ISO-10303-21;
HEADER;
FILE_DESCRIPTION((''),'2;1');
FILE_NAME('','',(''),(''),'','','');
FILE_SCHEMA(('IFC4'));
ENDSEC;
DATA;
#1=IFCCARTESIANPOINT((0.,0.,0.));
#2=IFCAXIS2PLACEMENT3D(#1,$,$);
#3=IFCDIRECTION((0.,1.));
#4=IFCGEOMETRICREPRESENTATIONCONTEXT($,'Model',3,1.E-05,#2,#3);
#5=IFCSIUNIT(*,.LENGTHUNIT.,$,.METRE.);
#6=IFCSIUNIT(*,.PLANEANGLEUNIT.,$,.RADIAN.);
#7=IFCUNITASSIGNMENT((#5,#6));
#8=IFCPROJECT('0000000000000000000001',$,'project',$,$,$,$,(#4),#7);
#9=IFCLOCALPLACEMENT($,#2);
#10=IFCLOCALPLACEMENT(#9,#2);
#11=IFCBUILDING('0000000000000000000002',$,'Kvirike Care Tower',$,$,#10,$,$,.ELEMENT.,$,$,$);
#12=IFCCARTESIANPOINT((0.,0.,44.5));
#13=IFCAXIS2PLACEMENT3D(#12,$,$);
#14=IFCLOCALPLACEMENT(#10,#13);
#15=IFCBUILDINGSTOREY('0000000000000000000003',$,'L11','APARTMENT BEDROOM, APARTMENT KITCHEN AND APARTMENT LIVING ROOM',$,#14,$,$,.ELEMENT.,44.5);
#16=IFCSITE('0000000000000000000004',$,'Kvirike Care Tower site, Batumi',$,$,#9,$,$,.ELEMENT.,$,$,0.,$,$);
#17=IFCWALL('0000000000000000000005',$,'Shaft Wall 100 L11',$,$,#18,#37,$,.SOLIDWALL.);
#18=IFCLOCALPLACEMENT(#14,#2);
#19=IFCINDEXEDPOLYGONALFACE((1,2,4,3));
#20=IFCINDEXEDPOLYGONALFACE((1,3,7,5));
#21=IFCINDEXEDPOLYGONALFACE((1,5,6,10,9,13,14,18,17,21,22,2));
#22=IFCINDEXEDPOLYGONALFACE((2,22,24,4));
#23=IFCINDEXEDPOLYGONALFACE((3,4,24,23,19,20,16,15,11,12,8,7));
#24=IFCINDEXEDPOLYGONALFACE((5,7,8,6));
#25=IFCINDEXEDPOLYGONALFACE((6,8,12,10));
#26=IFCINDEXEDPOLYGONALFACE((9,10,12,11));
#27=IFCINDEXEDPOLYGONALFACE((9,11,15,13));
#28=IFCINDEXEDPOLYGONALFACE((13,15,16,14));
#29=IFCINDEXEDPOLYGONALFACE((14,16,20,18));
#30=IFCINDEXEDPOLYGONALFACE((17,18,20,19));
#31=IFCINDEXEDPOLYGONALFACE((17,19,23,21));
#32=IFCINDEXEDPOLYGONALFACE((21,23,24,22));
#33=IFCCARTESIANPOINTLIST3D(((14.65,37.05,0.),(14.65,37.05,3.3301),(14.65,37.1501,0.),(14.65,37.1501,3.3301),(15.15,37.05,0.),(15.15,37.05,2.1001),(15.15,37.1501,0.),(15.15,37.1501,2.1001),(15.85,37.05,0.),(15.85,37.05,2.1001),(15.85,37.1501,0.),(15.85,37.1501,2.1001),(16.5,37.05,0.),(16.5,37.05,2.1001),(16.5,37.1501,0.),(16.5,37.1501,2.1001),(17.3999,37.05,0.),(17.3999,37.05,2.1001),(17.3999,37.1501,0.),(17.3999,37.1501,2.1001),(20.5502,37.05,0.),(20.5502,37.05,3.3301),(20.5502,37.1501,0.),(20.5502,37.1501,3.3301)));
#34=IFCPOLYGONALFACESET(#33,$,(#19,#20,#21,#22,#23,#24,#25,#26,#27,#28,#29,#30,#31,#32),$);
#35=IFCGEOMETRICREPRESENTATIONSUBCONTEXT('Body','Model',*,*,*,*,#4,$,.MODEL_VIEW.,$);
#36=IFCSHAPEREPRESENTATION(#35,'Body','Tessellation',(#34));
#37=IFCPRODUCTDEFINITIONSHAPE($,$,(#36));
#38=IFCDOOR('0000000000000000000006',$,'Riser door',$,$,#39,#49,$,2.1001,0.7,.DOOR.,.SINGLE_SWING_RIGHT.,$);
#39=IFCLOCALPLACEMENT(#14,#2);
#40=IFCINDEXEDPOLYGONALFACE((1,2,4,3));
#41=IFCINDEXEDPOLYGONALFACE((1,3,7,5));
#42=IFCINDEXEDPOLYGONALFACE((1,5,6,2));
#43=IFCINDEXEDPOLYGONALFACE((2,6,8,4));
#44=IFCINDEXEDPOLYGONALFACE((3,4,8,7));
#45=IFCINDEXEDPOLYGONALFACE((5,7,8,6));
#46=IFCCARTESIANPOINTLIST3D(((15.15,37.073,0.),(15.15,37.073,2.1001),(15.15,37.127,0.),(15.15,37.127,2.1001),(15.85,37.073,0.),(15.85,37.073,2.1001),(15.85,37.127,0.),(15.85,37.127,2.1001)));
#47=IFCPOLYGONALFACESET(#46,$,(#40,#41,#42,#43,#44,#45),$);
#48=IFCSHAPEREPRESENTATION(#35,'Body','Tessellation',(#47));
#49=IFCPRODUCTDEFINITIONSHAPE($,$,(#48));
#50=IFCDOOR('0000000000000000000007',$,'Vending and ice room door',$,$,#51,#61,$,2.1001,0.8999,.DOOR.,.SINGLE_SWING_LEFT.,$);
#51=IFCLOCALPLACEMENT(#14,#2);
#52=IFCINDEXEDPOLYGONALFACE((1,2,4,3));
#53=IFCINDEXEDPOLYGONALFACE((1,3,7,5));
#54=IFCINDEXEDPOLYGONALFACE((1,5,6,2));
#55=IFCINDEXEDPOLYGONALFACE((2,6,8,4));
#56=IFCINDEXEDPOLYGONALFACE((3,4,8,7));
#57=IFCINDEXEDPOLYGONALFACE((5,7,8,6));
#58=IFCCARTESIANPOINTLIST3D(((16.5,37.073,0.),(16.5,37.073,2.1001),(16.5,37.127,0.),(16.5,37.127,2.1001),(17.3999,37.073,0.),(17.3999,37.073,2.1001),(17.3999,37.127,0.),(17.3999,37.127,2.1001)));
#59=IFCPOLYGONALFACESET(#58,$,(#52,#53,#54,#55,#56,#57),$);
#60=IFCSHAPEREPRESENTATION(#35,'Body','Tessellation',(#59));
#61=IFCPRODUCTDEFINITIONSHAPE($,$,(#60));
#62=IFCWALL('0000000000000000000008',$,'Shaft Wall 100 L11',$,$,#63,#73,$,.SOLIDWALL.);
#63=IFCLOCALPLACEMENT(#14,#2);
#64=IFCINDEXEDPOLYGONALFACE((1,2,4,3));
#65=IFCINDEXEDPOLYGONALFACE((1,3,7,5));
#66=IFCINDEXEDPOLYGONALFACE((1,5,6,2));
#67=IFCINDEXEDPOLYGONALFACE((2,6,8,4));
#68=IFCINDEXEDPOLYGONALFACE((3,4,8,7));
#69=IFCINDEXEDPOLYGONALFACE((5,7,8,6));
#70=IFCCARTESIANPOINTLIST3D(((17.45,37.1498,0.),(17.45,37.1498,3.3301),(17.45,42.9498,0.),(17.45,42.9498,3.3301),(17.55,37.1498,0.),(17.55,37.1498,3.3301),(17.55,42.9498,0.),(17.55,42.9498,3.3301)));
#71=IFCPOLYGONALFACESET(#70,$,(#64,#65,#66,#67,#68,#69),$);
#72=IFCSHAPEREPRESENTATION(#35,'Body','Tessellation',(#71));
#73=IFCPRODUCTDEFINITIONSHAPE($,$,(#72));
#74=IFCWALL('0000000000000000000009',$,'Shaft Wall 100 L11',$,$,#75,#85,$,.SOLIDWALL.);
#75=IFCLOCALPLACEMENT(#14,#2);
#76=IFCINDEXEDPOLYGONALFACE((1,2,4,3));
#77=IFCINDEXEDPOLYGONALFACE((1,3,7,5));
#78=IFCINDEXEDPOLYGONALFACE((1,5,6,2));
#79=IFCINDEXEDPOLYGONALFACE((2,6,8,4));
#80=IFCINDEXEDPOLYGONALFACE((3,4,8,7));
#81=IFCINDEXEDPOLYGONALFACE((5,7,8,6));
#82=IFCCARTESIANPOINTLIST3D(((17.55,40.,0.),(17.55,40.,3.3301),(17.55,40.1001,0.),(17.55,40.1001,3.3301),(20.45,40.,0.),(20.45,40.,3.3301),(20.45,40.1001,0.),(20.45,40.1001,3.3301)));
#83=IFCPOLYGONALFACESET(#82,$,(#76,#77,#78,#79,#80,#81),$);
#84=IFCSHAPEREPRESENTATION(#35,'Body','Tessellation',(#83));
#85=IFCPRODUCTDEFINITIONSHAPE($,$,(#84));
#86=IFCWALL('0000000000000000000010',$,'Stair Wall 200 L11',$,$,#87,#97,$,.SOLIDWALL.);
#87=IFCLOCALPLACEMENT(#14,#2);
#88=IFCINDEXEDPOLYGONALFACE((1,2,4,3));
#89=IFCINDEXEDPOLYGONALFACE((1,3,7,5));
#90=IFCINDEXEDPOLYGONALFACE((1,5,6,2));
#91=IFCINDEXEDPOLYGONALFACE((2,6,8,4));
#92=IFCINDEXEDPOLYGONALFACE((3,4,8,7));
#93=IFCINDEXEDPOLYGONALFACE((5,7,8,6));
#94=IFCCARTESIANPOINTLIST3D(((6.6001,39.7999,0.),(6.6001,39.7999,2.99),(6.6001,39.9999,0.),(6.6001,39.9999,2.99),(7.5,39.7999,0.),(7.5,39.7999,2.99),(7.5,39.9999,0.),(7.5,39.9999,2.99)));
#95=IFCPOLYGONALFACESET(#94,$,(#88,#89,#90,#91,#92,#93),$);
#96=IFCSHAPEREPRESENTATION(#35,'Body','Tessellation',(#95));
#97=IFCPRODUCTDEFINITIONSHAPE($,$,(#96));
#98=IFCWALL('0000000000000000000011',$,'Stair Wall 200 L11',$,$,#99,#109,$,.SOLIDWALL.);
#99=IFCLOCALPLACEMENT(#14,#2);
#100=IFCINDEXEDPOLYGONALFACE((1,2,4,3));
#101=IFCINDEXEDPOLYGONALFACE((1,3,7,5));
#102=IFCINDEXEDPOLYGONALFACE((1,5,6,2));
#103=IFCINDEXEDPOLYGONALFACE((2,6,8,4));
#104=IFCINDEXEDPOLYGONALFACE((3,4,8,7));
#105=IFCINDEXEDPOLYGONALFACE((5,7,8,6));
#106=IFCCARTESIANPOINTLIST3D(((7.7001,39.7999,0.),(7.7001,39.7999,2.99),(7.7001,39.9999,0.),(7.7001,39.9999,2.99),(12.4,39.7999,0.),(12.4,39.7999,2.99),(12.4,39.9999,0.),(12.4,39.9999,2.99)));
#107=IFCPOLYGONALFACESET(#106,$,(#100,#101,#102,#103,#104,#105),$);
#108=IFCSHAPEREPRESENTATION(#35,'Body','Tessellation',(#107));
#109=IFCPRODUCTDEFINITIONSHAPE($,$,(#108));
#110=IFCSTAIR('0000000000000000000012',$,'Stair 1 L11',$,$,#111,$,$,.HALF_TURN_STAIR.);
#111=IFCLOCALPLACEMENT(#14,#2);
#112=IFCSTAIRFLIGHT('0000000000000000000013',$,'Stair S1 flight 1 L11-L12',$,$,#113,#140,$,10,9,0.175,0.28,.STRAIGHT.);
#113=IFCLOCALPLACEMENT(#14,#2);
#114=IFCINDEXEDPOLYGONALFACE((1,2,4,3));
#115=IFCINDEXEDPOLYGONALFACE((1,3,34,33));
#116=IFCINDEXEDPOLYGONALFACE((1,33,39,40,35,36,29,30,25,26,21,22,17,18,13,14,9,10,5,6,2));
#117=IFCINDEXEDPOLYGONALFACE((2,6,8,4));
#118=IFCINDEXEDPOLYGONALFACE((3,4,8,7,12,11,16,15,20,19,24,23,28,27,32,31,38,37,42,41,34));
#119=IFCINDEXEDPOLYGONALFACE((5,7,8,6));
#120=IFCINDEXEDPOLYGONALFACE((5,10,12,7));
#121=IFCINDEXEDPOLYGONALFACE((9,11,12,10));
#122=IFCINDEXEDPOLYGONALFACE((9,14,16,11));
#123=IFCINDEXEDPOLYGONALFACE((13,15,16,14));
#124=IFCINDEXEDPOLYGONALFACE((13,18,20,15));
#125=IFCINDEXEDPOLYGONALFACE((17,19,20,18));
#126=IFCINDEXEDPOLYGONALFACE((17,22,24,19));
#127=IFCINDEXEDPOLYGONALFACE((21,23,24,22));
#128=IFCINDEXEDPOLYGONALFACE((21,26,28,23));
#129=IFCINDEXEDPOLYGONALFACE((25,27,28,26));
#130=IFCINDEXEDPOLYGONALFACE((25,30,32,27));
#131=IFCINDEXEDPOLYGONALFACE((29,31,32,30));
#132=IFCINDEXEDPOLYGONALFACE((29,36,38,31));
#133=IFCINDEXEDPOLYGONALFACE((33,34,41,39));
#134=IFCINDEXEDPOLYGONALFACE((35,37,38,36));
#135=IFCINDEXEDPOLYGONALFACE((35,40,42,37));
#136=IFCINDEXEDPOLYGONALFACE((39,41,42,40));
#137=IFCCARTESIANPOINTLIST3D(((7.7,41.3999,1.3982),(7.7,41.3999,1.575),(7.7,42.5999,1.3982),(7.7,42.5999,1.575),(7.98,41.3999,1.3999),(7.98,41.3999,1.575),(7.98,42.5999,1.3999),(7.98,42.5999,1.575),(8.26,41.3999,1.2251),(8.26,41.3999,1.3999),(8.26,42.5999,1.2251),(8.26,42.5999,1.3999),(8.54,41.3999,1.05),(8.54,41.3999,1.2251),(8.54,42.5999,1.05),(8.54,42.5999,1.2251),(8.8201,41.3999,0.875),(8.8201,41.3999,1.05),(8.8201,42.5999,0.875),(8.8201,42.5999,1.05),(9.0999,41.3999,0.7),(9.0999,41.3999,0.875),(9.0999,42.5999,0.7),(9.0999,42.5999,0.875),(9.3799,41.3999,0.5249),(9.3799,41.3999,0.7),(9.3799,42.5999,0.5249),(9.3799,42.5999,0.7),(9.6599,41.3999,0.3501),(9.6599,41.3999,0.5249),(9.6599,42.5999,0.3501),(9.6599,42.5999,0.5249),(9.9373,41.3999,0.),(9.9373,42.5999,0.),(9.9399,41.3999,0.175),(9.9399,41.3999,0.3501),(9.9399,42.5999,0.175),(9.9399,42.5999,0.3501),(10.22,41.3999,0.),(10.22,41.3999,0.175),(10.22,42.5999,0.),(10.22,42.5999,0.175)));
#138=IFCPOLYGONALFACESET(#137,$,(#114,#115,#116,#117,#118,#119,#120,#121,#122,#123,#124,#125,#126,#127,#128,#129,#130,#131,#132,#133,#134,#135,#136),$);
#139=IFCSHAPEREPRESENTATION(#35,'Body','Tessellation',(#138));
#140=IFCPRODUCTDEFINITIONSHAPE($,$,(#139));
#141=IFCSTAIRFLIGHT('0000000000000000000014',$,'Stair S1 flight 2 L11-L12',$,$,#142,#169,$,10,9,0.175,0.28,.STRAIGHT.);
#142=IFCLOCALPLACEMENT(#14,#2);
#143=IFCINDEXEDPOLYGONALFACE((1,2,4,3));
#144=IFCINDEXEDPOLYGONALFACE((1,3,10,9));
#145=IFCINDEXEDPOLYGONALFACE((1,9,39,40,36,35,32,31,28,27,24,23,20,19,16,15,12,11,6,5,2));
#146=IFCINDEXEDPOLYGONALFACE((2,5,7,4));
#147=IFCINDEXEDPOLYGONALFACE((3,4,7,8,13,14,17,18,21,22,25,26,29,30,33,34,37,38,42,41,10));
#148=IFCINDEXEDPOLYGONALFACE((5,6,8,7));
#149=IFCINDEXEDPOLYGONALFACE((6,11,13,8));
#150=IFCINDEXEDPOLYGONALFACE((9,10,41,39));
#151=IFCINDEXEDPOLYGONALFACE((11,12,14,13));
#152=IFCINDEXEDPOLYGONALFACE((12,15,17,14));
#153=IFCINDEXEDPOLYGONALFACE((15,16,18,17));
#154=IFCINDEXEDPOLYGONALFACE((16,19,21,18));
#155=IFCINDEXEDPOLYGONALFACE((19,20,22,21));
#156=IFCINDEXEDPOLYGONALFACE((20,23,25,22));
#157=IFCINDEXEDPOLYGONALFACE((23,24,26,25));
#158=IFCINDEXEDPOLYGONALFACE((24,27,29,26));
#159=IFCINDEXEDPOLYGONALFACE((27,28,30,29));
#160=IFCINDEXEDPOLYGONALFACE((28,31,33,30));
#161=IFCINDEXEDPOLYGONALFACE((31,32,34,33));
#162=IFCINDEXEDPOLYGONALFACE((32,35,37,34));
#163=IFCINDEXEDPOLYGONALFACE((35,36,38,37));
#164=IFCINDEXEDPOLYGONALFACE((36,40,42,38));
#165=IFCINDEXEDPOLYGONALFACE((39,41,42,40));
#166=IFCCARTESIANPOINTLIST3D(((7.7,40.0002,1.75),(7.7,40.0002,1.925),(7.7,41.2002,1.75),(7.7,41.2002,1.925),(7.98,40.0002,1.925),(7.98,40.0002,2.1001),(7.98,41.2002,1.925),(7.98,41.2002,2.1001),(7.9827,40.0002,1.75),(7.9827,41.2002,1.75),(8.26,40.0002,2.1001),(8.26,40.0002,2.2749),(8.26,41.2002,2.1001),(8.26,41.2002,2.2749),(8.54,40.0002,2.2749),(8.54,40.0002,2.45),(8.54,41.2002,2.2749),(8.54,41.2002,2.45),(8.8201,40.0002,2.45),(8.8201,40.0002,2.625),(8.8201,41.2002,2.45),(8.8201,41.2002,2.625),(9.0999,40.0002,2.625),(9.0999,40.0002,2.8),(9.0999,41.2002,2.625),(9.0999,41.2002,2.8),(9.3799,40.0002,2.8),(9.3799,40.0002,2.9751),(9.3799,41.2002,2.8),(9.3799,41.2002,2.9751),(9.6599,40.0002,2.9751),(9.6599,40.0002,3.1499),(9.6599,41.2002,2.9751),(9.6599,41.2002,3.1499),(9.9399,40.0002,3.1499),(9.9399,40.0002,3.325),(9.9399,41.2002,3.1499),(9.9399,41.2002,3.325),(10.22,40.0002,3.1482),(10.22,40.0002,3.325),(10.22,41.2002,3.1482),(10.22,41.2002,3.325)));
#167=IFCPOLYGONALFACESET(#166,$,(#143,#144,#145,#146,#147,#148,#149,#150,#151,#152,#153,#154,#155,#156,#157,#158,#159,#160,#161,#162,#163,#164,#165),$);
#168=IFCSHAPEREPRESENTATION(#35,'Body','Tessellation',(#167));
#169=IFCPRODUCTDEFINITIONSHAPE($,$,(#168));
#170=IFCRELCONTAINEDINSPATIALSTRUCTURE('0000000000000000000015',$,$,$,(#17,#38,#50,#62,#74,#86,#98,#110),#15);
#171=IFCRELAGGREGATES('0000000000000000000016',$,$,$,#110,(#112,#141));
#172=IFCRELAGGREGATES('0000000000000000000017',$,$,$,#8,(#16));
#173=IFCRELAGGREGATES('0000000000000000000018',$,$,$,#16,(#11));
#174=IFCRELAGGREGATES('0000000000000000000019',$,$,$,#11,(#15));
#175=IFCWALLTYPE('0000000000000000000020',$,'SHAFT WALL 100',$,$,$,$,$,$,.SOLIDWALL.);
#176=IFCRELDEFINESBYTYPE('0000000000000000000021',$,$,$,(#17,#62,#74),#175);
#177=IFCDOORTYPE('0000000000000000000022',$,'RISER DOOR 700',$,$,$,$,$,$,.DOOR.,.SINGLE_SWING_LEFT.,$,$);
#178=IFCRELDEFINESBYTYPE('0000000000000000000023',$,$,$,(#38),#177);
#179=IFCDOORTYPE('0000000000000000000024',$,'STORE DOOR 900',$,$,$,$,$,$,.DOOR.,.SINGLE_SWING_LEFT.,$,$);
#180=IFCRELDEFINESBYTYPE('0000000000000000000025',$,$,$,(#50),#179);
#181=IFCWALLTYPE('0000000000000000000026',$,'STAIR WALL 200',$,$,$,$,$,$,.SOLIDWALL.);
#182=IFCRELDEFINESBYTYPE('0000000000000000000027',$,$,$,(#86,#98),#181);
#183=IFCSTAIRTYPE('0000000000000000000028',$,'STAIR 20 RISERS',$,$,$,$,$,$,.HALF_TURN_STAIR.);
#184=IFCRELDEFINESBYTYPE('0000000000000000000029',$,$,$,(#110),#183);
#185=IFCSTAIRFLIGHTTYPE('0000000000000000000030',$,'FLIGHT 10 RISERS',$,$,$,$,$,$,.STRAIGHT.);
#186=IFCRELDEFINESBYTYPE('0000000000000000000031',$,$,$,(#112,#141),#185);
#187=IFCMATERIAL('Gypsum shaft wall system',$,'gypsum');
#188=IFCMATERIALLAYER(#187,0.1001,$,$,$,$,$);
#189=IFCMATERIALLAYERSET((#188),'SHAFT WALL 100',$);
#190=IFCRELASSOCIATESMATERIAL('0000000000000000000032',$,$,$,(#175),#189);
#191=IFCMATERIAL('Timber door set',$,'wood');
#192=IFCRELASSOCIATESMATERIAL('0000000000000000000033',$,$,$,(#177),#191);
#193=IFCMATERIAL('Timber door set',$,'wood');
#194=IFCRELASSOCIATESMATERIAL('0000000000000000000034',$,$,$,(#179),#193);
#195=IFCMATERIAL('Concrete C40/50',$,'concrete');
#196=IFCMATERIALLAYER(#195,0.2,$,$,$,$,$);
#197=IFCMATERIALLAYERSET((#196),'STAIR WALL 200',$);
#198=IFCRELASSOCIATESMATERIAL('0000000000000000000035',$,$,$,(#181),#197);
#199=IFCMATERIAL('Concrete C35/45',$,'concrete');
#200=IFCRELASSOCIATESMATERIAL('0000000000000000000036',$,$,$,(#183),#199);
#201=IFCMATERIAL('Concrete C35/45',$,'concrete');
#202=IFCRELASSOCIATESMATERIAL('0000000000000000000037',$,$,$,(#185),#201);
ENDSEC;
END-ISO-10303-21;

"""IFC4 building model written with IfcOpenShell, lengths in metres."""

from ifc_helpers import new_model, si_unit, direction, frame, frame_2d, origin, place, context, subcontext, project, spatial, polyline, rectangle, outline, extrude, material, layer, layer_set, type_object, element, fill, aggregate, save


model = new_model("IFC4")

# Units and contexts
model_context = context("Model", 3, precision=1e-05, world=origin(), true_north=direction((0.0, 1.0)))
body_context = subcontext(model_context, "Body", "Model", "MODEL_VIEW")
ifc_project = project(units=[si_unit("LENGTHUNIT", "METRE"), si_unit("PLANEANGLEUNIT", "RADIAN")], contexts=[model_context])

# Site, building, storey
site_placement = place(None, origin())
site = spatial("IfcSite", under=ifc_project, at=site_placement, Name="Kvirike Care Tower site, Batumi", CompositionType="ELEMENT", RefElevation=0.0)
building_placement = place(site_placement, origin())
building = spatial("IfcBuilding", under=site, at=building_placement, Name="Kvirike Care Tower", CompositionType="ELEMENT")
storey_placement = place(building_placement, frame((0.0, 0.0, 44.5)))
storey = spatial("IfcBuildingStorey", under=building, at=storey_placement, Name="L11", Description="APARTMENT BEDROOM, APARTMENT KITCHEN AND APARTMENT LIVING ROOM", CompositionType="ELEMENT", Elevation=44.5)

# Shared definitions
ifc_material_1 = material(Name="Gypsum shaft wall system", Category="gypsum")
ifc_layer_1 = layer(ifc_material_1, 0.1001)
ifc_layer_set_1 = layer_set([ifc_layer_1], Name="SHAFT WALL 100")
wall_type_1 = type_object("IfcWallType", Name="SHAFT WALL 100", PredefinedType="SOLIDWALL", material=ifc_layer_set_1)

# Shared definitions
ifc_material_2 = material(Name="Timber door set", Category="wood")
door_type_1 = type_object("IfcDoorType", Name="RISER DOOR 700", OperationType="SINGLE_SWING_LEFT", PredefinedType="DOOR", material=ifc_material_2)

# Wall, openings, doors
wall_1_placement = place(storey_placement, frame((14.6499, 37.1001, 0.0), z_axis=(0.0, 0.0, 1.0), x_axis=(1.0, 0.0, 0.0)))
wall_1 = element("IfcWall", 1, at=wall_1_placement, inside=storey, type_object=wall_type_1, Name="Shaft Wall 100 L11", PredefinedType="SOLIDWALL", context=body_context, shape_type="SweptSolid", body=[
    extrude(rectangle(XDim=5.9001, YDim=0.1001, at=frame_2d((2.9502, 0.0))), origin(), (0.0, 0.0, 1.0), 3.3301),
])
opening_1_placement = place(wall_1_placement, frame((0.5, 0.0, 0.0)))
opening_1 = element("IfcOpeningElement", 2, at=opening_1_placement, cuts=wall_1, PredefinedType="OPENING", context=body_context, shape_type="SweptSolid", body=[
    extrude(rectangle(XDim=0.7, YDim=2.1001, at=frame_2d((0.3501, 1.05))), frame((0.0, 0.0605, 0.0), z_axis=(0.0, -1.0, 0.0), x_axis=(1.0, 0.0, 0.0)), (0.0, 0.0, 1.0), 0.1211),
])
opening_2_placement = place(wall_1_placement, frame((1.8501, 0.0, 0.0)))
opening_2 = element("IfcOpeningElement", 3, at=opening_2_placement, cuts=wall_1, PredefinedType="OPENING", context=body_context, shape_type="SweptSolid", body=[
    extrude(rectangle(XDim=0.8999, YDim=2.1001, at=frame_2d((0.45, 1.05))), frame((0.0, 0.0605, 0.0), z_axis=(0.0, -1.0, 0.0), x_axis=(1.0, 0.0, 0.0)), (0.0, 0.0, 1.0), 0.1211),
])
door_1_placement = place(opening_1_placement, origin())
door_1 = element("IfcDoor", 4, at=door_1_placement, inside=storey, type_object=door_type_1, Name="Riser door", OperationType="SINGLE_SWING_RIGHT", OverallHeight=2.1001, OverallWidth=0.7, PredefinedType="DOOR", context=body_context, shape_type="SweptSolid", body=[
    extrude(rectangle(XDim=0.7, YDim=2.1001, at=frame_2d((0.3501, 1.05))), frame((0.0, 0.0269, 0.0), z_axis=(0.0, -1.0, 0.0), x_axis=(1.0, 0.0, 0.0)), (0.0, 0.0, 1.0), 0.054),
])
fill(opening_1, door_1)
ifc_material_3 = material(Name="Timber door set", Category="wood")
door_type_2 = type_object("IfcDoorType", Name="STORE DOOR 900", OperationType="SINGLE_SWING_LEFT", PredefinedType="DOOR", material=ifc_material_3)
door_2_placement = place(opening_2_placement, origin())
door_2 = element("IfcDoor", 5, at=door_2_placement, inside=storey, type_object=door_type_2, Name="Vending and ice room door", OperationType="SINGLE_SWING_LEFT", OverallHeight=2.1001, OverallWidth=0.8999, PredefinedType="DOOR", context=body_context, shape_type="SweptSolid", body=[
    extrude(rectangle(XDim=0.8999, YDim=2.1001, at=frame_2d((0.45, 1.05))), frame((0.0, 0.0269, 0.0), z_axis=(0.0, -1.0, 0.0), x_axis=(1.0, 0.0, 0.0)), (0.0, 0.0, 1.0), 0.054),
])
fill(opening_2, door_2)

# Walls
wall_2_placement = place(storey_placement, frame((17.5, 37.1499, 0.0), z_axis=(0.0, 0.0, 1.0), x_axis=(0.0, 1.0, 0.0)))
element("IfcWall", 6, at=wall_2_placement, inside=storey, type_object=wall_type_1, Name="Shaft Wall 100 L11", PredefinedType="SOLIDWALL", context=body_context, shape_type="SweptSolid", body=[
    extrude(rectangle(XDim=5.8, YDim=0.1001, at=frame_2d((2.8999, 0.0))), origin(), (0.0, 0.0, 1.0), 3.3301),
])
wall_3_placement = place(storey_placement, frame((17.55, 40.05, 0.0), z_axis=(0.0, 0.0, 1.0), x_axis=(1.0, 0.0, 0.0)))
element("IfcWall", 7, at=wall_3_placement, inside=storey, type_object=wall_type_1, Name="Shaft Wall 100 L11", PredefinedType="SOLIDWALL", context=body_context, shape_type="SweptSolid", body=[
    extrude(rectangle(XDim=2.8999, YDim=0.1001, at=frame_2d((1.45, 0.0))), origin(), (0.0, 0.0, 1.0), 3.3301),
])
ifc_material_4 = material(Name="Concrete C40/50", Category="concrete")
ifc_layer_2 = layer(ifc_material_4, 0.2)
ifc_layer_set_2 = layer_set([ifc_layer_2], Name="STAIR WALL 200")
wall_type_2 = type_object("IfcWallType", Name="STAIR WALL 200", PredefinedType="SOLIDWALL", material=ifc_layer_set_2)
wall_4_placement = place(storey_placement, frame((6.6001, 39.8999, 0.0), z_axis=(0.0, 0.0, 1.0), x_axis=(1.0, 0.0, 0.0)))
element("IfcWall", 8, at=wall_4_placement, inside=storey, type_object=wall_type_2, Name="Stair Wall 200 L11", PredefinedType="SOLIDWALL", context=body_context, shape_type="SweptSolid", body=[
    extrude(rectangle(XDim=0.8999, YDim=0.2, at=frame_2d((0.45, 0.0))), origin(), (0.0, 0.0, 1.0), 2.99),
])
wall_5_placement = place(storey_placement, frame((7.7, 39.8999, 0.0), z_axis=(0.0, 0.0, 1.0), x_axis=(1.0, 0.0, 0.0)))
element("IfcWall", 9, at=wall_5_placement, inside=storey, type_object=wall_type_2, Name="Stair Wall 200 L11", PredefinedType="SOLIDWALL", context=body_context, shape_type="SweptSolid", body=[
    extrude(rectangle(XDim=4.7, YDim=0.2, at=frame_2d((2.3501, 0.0))), origin(), (0.0, 0.0, 1.0), 2.99),
])

# Stair, stair flights
ifc_material_5 = material(Name="Concrete C35/45", Category="concrete")
stair_type = type_object("IfcStairType", Name="STAIR 20 RISERS", PredefinedType="HALF_TURN_STAIR", material=ifc_material_5)
stair_placement = place(storey_placement, origin())
stair = element("IfcStair", 10, at=stair_placement, inside=storey, type_object=stair_type, Name="Stair 1 L11", PredefinedType="HALF_TURN_STAIR")
ifc_material_6 = material(Name="Concrete C35/45", Category="concrete")
stair_flight_type = type_object("IfcStairFlightType", Name="FLIGHT 10 RISERS", PredefinedType="STRAIGHT", material=ifc_material_6)
stair_flight_1_placement = place(storey_placement, frame((10.22, 42.0, 0.0), z_axis=(0.0, 0.0, 1.0), x_axis=(-1.0, 0.0, 0.0)))
stair_flight_1 = element("IfcStairFlight", 11, at=stair_flight_1_placement, type_object=stair_flight_type, Name="Stair S1 flight 1 L11-L12", NumberOfRisers=10, NumberOfTreads=9, PredefinedType="STRAIGHT", RiserHeight=0.175, TreadLength=0.28, context=body_context, shape_type="SweptSolid", body=[
    extrude(outline(polyline([(0.0, 0.0), (0.0, 0.175), (0.28, 0.175), (0.28, 0.3501), (0.5601, 0.3501), (0.5601, 0.5249), (0.8401, 0.5249), (0.8401, 0.7), (1.1201, 0.7), (1.1201, 0.875), (1.3999, 0.875), (1.3999, 1.05), (1.6799, 1.05), (1.6799, 1.2251), (1.96, 1.2251), (1.96, 1.3999), (2.24, 1.3999), (2.24, 1.575), (2.52, 1.575), (2.52, 1.75), (2.52, 1.3982), (0.2827, 0.0), (0.0, 0.0)])), frame((0.0, 0.6001, 0.0), z_axis=(0.0, -1.0, 0.0), x_axis=(1.0, 0.0, 0.0)), (0.0, 0.0, 1.0), 1.2),
])
stair_flight_2_placement = place(storey_placement, frame((7.7, 40.6001, 1.75), z_axis=(0.0, 0.0, 1.0), x_axis=(1.0, 0.0, 0.0)))
stair_flight_2 = element("IfcStairFlight", 12, at=stair_flight_2_placement, type_object=stair_flight_type, Name="Stair S1 flight 2 L11-L12", NumberOfRisers=10, NumberOfTreads=9, PredefinedType="STRAIGHT", RiserHeight=0.175, TreadLength=0.28, context=body_context, shape_type="SweptSolid", body=[
    extrude(outline(polyline([(0.0, 0.0), (0.0, 0.175), (0.28, 0.175), (0.28, 0.3501), (0.5601, 0.3501), (0.5601, 0.5249), (0.8401, 0.5249), (0.8401, 0.7), (1.1201, 0.7), (1.1201, 0.875), (1.3999, 0.875), (1.3999, 1.05), (1.6799, 1.05), (1.6799, 1.2251), (1.96, 1.2251), (1.96, 1.3999), (2.24, 1.3999), (2.24, 1.575), (2.52, 1.575), (2.52, 1.75), (2.52, 1.3982), (0.2827, 0.0), (0.0, 0.0)])), frame((0.0, 0.6001, 0.0), z_axis=(0.0, -1.0, 0.0), x_axis=(1.0, 0.0, 0.0)), (0.0, 0.0, 1.0), 1.2),
])
aggregate(stair, [stair_flight_1, stair_flight_2])

save(model, "model.ifc")
